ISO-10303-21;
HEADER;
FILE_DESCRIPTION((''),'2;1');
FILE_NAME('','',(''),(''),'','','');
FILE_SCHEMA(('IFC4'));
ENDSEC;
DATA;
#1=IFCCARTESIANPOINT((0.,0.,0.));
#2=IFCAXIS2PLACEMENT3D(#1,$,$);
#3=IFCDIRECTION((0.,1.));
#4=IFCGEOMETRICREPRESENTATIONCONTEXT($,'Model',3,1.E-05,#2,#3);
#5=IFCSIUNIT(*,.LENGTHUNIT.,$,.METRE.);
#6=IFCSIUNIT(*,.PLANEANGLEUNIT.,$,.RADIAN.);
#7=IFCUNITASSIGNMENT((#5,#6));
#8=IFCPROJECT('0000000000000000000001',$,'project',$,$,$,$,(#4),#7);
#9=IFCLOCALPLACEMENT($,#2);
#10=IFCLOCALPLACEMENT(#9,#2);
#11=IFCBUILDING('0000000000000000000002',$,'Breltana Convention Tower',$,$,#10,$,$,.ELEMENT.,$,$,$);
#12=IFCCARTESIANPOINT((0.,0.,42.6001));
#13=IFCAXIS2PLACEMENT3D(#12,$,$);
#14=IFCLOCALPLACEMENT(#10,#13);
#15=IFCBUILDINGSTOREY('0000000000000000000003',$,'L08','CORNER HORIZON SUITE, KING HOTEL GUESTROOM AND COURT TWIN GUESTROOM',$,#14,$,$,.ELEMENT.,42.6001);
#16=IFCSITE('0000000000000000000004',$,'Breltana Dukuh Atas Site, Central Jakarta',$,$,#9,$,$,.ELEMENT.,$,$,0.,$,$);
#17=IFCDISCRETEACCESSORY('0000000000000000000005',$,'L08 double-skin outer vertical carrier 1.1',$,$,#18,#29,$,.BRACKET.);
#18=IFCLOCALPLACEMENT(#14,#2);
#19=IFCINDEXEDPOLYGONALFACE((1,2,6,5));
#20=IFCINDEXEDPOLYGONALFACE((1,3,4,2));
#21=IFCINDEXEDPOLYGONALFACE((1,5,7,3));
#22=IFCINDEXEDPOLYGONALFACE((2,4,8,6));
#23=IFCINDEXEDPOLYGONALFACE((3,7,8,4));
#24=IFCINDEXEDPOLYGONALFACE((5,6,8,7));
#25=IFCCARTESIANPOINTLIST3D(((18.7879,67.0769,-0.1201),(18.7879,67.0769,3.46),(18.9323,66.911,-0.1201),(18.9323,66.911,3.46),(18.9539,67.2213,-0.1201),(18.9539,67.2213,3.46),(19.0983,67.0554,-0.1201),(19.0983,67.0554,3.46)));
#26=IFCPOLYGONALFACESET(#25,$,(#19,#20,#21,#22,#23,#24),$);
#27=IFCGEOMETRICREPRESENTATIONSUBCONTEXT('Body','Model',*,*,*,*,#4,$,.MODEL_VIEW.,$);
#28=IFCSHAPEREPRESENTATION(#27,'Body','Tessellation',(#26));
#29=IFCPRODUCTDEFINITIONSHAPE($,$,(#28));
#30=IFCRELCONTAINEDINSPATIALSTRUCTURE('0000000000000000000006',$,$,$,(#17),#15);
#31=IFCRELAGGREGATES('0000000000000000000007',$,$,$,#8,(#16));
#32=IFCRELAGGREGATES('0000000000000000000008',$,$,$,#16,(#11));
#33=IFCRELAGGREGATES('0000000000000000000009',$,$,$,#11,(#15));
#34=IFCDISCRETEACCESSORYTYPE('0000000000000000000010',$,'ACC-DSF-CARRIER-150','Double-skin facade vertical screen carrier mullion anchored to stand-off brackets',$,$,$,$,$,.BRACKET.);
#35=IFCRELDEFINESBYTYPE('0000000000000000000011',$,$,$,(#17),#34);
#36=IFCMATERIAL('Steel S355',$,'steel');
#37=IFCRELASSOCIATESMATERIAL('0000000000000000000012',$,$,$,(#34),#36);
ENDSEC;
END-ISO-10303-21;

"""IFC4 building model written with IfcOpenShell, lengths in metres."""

from ifc_helpers import new_model, si_unit, direction, frame, origin, origin_2d, place, context, subcontext, project, spatial, rectangle, extrude, source, transform, mapped, material, type_object, element, save


model = new_model("IFC4")

# Units and contexts
model_context = context("Model", 3, precision=1e-05, world=origin(), true_north=direction((0.0, 1.0)))
body_context = subcontext(model_context, "Body", "Model", "MODEL_VIEW")
ifc_project = project(units=[si_unit("LENGTHUNIT", "METRE"), si_unit("PLANEANGLEUNIT", "RADIAN")], contexts=[model_context])

# Site, building, storey
site_placement = place(None, origin())
site = spatial("IfcSite", under=ifc_project, at=site_placement, Name="Breltana Dukuh Atas Site, Central Jakarta", CompositionType="ELEMENT", RefElevation=0.0)
building_placement = place(site_placement, origin())
building = spatial("IfcBuilding", under=site, at=building_placement, Name="Breltana Convention Tower", CompositionType="ELEMENT")
storey_placement = place(building_placement, frame((0.0, 0.0, 42.6001)))
storey = spatial("IfcBuildingStorey", under=building, at=storey_placement, Name="L08", Description="CORNER HORIZON SUITE, KING HOTEL GUESTROOM AND COURT TWIN GUESTROOM", CompositionType="ELEMENT", Elevation=42.6001)

# Discrete accessory
ifc_material_1 = material(Name="Steel S355", Category="steel")
discrete_accessory_type_1 = type_object("IfcDiscreteAccessoryType", Name="ACC-DSF-CARRIER-150", Description="Double-skin facade vertical screen carrier mullion anchored to stand-off brackets", PredefinedType="BRACKET", material=ifc_material_1)
shared_shape_1 = source(origin(), body_context, "Body", "SweptSolid", [
    extrude(rectangle(XDim=0.22, YDim=0.22, at=origin_2d()), origin(), (0.0, 0.0, 1.0), 3.5801),
])
discrete_accessory_placement = place(storey_placement, frame((18.9431, 67.0662, -0.1201), z_axis=(0.0, 0.0, 1.0), x_axis=(-0.656457, 0.754364, 0.0)))
element("IfcDiscreteAccessory", 1, at=discrete_accessory_placement, inside=storey, type_object=discrete_accessory_type_1, Name="L08 double-skin outer vertical carrier 1.1", PredefinedType="BRACKET", context=body_context, shape_type="MappedRepresentation", body=[
    mapped(shared_shape_1, transform((0.0, 0.0, 0.0), scale=1.0)),
])

save(model, "model.ifc")
